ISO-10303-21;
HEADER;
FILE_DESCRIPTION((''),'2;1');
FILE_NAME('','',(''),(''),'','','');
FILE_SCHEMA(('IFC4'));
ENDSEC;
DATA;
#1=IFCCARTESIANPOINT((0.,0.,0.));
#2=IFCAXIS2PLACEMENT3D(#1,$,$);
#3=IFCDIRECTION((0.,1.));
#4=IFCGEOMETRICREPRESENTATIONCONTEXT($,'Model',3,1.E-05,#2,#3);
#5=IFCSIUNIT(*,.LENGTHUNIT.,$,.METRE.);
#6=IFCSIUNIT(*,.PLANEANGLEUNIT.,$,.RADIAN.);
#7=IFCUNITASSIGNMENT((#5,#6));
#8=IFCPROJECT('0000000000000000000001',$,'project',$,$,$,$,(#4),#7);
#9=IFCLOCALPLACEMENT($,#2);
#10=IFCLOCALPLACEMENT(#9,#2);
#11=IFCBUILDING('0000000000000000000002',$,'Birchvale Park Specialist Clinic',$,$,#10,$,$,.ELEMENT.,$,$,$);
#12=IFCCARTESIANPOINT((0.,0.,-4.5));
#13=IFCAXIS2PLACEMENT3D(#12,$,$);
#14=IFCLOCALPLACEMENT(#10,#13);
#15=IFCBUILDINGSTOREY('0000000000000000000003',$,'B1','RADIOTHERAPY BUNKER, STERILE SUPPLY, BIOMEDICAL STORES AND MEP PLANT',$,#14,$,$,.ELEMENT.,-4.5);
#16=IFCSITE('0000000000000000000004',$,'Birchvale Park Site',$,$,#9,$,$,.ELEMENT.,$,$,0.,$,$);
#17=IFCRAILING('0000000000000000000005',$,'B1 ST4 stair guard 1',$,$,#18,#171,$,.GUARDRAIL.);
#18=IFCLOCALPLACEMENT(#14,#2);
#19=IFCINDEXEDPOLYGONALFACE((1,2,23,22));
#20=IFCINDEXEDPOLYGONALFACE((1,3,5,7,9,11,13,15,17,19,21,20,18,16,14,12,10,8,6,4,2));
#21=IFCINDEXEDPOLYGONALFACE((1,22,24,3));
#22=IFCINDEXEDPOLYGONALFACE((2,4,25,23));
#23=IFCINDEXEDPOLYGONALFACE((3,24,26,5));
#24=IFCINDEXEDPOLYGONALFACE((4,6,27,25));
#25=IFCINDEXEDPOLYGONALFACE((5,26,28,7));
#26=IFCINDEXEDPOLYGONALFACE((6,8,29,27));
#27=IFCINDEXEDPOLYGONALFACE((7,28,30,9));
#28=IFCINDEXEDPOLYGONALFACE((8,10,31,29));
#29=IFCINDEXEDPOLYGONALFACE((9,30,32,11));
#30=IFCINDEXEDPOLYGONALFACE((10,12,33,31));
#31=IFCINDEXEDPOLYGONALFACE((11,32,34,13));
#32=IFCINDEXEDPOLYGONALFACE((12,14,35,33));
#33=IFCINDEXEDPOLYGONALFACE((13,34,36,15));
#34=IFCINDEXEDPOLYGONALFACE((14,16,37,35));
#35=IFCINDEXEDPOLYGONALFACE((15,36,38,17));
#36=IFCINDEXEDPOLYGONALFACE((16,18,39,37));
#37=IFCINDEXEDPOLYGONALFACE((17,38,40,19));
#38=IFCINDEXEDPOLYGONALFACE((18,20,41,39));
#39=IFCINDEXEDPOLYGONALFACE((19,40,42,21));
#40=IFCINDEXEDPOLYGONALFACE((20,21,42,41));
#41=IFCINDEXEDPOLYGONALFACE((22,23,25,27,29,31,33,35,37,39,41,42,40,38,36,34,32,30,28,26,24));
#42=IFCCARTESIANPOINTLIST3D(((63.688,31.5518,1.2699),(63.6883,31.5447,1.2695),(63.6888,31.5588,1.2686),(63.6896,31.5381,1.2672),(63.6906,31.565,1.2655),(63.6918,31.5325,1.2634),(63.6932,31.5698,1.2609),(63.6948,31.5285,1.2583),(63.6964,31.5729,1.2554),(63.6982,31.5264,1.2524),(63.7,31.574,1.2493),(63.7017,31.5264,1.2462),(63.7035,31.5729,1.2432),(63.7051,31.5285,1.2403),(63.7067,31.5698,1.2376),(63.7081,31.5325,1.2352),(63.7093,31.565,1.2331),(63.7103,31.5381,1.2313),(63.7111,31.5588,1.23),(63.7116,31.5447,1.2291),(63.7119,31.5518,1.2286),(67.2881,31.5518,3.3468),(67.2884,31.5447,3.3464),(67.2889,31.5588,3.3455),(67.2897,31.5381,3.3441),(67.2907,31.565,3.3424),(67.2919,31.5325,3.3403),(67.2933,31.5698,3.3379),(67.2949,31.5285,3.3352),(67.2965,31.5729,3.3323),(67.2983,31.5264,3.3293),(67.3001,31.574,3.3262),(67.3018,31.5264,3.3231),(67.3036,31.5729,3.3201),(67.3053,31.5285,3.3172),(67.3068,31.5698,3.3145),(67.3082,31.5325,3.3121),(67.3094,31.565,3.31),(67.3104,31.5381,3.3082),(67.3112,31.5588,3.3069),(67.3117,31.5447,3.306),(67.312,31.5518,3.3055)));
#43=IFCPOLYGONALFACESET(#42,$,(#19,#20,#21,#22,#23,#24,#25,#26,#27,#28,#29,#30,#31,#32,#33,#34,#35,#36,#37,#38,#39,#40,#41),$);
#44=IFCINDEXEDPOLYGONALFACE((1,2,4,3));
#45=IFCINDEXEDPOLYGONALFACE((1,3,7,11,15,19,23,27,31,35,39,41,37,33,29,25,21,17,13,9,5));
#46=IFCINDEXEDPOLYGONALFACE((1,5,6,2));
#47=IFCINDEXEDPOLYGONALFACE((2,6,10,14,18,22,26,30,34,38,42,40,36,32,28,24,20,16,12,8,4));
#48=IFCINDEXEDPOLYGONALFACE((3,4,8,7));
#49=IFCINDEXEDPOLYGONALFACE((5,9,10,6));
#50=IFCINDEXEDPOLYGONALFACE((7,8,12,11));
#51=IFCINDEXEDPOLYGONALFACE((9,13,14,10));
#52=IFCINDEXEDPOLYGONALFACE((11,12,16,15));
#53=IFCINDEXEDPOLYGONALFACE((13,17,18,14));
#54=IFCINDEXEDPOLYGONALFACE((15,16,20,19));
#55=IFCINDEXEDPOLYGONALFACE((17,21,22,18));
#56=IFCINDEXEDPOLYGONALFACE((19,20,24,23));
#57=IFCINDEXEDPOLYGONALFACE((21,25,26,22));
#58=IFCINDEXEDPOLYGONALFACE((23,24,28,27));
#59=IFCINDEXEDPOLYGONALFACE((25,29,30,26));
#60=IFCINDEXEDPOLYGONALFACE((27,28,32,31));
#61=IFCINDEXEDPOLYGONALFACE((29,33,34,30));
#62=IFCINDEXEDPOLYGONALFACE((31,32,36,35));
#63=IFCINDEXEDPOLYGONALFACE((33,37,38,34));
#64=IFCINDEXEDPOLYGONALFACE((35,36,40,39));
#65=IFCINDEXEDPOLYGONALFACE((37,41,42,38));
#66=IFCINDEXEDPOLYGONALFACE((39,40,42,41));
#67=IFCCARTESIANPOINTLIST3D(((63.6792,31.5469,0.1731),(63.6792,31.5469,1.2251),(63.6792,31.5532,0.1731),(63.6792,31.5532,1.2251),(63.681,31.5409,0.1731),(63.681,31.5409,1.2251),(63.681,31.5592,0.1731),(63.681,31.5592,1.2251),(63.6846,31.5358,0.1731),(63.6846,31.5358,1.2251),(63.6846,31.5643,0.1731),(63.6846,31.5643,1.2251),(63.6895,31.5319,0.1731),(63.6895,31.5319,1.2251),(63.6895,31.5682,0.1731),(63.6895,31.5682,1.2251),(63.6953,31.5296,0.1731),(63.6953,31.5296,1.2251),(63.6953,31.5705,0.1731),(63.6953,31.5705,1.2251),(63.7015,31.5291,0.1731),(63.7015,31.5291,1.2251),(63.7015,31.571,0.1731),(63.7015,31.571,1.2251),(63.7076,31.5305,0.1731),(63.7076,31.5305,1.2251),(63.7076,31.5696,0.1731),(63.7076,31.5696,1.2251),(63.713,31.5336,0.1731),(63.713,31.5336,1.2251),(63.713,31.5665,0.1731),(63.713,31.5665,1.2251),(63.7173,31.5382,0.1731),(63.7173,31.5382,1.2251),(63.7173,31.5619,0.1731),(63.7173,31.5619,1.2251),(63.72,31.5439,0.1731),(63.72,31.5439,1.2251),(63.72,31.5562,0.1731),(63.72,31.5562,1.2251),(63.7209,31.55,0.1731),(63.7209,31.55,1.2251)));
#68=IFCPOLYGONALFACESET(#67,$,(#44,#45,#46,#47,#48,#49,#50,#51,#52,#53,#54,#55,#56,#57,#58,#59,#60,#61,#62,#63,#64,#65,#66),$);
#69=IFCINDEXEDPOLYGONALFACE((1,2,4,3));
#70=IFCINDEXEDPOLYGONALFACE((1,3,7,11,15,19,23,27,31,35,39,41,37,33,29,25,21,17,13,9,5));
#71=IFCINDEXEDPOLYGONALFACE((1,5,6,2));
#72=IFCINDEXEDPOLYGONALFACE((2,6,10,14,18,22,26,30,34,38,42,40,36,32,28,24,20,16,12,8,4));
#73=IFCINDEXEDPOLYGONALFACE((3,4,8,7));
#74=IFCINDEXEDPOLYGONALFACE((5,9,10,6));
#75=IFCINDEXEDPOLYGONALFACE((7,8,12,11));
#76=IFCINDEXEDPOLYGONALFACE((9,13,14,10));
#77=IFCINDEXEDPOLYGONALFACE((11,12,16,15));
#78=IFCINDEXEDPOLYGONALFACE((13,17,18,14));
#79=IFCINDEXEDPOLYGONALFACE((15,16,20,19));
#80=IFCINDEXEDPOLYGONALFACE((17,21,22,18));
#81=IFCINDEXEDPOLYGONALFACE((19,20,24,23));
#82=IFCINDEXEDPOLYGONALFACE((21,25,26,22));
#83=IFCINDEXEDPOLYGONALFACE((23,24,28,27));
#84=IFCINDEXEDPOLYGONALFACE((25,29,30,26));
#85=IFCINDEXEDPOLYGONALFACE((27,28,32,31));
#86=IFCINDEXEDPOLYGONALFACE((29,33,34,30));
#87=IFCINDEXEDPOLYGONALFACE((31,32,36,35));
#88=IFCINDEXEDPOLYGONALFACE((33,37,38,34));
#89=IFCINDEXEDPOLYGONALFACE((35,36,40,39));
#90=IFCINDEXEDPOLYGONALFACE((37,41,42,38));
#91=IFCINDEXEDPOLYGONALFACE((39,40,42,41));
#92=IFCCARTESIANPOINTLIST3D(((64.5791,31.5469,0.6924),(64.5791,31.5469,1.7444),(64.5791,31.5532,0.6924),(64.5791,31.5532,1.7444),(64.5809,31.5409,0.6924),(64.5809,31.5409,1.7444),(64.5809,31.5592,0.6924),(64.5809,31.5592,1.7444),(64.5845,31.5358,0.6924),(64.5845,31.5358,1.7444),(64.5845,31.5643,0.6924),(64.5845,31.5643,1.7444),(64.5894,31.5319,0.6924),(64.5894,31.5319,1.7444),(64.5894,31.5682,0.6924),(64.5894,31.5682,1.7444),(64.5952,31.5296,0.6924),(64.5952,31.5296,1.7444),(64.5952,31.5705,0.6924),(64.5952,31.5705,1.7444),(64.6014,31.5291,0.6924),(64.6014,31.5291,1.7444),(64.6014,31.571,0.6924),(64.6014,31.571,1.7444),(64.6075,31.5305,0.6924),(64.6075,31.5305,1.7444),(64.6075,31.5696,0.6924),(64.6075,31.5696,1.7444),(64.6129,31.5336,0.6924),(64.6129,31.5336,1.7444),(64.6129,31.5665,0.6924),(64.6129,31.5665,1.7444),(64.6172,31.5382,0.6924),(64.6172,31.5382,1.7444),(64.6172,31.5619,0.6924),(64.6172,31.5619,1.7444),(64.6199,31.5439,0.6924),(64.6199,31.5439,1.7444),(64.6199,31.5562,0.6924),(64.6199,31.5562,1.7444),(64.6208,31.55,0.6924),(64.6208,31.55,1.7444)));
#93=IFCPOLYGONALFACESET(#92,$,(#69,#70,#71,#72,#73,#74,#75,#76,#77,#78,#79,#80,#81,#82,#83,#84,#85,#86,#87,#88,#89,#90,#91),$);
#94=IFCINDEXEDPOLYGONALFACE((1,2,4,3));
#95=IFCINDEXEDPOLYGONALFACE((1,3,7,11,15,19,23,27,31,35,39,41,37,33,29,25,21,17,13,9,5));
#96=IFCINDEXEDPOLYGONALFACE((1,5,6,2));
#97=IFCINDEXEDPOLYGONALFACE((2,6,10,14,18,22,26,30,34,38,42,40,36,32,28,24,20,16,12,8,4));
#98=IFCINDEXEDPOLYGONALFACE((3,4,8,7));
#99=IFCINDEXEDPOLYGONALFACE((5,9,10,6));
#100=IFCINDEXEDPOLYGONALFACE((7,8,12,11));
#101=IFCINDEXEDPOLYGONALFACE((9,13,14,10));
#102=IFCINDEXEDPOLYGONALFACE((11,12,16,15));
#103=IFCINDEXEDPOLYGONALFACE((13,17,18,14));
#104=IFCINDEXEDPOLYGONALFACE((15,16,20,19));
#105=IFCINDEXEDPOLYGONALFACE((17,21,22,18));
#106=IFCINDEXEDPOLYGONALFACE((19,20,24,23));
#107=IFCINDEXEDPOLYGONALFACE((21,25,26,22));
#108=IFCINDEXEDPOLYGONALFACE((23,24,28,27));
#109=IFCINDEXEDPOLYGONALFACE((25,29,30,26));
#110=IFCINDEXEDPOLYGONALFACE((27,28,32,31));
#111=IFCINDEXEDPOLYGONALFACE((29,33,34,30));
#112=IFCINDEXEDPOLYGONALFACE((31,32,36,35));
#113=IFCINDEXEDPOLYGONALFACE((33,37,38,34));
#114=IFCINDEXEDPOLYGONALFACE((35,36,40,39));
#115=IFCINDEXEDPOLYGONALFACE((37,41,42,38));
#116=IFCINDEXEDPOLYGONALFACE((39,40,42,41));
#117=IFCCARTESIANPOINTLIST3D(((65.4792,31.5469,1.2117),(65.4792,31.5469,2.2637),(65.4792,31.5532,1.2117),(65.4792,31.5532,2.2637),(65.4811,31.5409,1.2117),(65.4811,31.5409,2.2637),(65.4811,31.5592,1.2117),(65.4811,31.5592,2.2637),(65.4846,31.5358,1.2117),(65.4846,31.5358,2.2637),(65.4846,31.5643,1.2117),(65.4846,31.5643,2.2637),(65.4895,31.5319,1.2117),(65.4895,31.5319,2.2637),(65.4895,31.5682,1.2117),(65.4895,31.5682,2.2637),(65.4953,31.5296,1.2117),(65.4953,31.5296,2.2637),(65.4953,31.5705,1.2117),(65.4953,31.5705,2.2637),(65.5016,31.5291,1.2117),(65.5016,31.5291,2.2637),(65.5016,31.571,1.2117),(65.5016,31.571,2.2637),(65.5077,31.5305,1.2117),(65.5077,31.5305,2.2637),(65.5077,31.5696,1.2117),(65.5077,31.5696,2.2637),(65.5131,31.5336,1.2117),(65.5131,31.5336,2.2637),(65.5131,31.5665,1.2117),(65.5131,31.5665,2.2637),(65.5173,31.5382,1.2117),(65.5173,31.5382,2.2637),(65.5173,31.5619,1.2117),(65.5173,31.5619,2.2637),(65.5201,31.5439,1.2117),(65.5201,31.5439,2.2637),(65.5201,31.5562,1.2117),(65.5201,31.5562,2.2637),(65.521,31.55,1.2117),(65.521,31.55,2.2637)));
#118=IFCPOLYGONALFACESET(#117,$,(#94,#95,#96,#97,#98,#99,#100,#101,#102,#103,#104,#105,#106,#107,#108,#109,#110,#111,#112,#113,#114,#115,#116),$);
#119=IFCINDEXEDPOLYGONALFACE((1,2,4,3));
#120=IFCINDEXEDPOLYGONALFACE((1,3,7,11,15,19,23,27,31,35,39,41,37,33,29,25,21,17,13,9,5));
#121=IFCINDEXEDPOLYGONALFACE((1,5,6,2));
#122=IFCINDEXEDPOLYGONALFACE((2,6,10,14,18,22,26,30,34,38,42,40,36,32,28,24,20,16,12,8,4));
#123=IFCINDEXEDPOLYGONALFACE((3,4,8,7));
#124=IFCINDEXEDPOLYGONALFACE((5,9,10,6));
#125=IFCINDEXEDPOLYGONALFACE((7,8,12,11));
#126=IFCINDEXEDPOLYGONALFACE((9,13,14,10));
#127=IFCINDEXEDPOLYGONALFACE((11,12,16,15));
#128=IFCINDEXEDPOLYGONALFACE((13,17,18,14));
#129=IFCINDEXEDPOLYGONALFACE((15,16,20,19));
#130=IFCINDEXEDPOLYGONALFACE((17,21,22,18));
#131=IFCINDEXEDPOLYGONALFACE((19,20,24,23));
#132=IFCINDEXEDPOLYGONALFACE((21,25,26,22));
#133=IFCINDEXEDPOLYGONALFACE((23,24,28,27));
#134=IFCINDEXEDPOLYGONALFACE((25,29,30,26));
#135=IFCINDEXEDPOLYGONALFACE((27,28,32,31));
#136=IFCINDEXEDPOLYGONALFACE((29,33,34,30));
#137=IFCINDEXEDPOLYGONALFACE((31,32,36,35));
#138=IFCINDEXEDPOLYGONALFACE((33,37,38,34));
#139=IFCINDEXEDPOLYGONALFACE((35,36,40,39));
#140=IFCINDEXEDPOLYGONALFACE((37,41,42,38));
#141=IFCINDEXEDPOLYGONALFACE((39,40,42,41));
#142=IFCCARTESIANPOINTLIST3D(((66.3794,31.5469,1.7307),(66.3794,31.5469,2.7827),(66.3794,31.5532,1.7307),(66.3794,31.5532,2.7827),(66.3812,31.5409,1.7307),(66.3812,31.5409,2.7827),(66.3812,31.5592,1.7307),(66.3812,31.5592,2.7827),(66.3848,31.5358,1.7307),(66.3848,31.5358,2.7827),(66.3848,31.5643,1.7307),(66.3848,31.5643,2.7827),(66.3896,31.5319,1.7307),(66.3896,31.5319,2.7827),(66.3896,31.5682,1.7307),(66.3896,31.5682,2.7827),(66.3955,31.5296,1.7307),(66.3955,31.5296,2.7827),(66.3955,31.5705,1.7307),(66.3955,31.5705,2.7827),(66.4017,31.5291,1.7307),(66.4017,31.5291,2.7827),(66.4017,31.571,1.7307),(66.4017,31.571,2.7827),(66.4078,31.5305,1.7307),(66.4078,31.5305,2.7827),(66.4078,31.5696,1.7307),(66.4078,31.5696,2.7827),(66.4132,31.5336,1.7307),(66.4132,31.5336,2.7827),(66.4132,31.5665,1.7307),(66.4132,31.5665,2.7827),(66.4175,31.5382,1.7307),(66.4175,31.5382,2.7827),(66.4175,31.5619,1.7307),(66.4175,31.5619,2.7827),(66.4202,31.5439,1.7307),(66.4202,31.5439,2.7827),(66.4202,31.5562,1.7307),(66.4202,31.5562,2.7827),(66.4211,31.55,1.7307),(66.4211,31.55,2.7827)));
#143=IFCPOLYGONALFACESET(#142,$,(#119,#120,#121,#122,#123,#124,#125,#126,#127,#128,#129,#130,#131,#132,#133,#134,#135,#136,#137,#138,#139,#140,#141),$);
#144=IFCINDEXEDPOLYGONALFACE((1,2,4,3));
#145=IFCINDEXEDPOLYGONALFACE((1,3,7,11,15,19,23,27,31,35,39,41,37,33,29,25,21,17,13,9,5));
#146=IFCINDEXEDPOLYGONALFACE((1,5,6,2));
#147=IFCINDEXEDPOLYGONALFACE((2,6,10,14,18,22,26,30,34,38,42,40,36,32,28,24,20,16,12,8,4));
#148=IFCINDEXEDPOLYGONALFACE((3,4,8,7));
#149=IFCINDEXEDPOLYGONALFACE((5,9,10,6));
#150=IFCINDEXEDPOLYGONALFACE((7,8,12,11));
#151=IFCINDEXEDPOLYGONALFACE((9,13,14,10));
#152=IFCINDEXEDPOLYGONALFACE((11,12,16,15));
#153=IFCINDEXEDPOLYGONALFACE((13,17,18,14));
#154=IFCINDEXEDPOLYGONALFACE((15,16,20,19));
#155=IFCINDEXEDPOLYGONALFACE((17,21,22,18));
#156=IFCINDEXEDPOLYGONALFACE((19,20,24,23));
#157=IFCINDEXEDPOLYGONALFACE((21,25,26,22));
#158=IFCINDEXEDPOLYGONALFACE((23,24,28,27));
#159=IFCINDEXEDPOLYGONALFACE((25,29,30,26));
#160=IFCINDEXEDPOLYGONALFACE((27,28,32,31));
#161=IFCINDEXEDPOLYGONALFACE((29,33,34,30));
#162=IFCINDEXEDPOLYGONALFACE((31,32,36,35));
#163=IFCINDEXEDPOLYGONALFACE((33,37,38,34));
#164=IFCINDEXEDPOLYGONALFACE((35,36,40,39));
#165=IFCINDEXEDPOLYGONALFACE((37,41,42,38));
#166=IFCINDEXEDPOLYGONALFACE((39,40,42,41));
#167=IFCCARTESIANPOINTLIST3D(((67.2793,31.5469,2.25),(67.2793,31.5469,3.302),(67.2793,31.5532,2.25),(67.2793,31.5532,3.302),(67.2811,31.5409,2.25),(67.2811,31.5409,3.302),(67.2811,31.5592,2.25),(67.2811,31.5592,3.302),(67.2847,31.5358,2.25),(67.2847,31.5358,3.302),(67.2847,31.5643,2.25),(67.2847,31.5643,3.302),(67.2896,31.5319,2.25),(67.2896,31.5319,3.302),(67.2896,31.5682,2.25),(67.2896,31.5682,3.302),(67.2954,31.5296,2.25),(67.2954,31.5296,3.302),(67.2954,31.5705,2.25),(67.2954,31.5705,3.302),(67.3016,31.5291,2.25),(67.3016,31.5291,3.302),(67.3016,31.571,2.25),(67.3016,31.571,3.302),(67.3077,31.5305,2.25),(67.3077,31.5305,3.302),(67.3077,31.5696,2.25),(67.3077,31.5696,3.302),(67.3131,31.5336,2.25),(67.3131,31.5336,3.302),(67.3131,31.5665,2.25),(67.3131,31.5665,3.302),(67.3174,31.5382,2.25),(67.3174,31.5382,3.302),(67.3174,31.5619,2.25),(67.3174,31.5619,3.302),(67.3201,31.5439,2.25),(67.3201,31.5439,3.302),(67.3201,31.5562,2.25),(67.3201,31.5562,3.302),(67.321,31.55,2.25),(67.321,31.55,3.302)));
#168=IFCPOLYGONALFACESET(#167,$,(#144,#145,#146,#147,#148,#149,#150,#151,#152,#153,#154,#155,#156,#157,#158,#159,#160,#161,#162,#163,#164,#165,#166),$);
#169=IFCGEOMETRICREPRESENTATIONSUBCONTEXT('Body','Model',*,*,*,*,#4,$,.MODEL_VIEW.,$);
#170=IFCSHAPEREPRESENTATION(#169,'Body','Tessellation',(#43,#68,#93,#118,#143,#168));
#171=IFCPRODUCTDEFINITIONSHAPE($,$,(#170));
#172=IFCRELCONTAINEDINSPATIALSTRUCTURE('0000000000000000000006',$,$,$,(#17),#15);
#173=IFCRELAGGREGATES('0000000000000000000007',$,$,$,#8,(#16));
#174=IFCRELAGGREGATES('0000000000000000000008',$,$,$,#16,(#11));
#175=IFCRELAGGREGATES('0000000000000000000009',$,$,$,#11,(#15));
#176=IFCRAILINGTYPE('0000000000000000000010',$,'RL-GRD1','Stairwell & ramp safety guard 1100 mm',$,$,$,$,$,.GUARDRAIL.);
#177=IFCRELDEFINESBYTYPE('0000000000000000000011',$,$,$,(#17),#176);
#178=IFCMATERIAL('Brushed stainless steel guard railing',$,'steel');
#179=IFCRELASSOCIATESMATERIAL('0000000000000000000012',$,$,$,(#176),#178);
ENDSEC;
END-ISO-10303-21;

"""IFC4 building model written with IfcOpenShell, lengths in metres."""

from ifc_helpers import new_model, si_unit, direction, frame, origin, origin_2d, place, context, subcontext, project, spatial, circle, extrude, material, type_object, element, save


model = new_model("IFC4")

# Units and contexts
model_context = context("Model", 3, precision=1e-05, world=origin(), true_north=direction((0.0, 1.0)))
body_context = subcontext(model_context, "Body", "Model", "MODEL_VIEW")
ifc_project = project(units=[si_unit("LENGTHUNIT", "METRE"), si_unit("PLANEANGLEUNIT", "RADIAN")], contexts=[model_context])

# Site, building, storey
site_placement = place(None, origin())
site = spatial("IfcSite", under=ifc_project, at=site_placement, Name="Birchvale Park Site", CompositionType="ELEMENT", RefElevation=0.0)
building_placement = place(site_placement, origin())
building = spatial("IfcBuilding", under=site, at=building_placement, Name="Birchvale Park Specialist Clinic", CompositionType="ELEMENT")
storey_placement = place(building_placement, frame((0.0, 0.0, -4.5)))
storey = spatial("IfcBuildingStorey", under=building, at=storey_placement, Name="B1", Description="RADIOTHERAPY BUNKER, STERILE SUPPLY, BIOMEDICAL STORES AND MEP PLANT", CompositionType="ELEMENT", Elevation=-4.5)

# Railing
ifc_material_1 = material(Name="Brushed stainless steel guard railing", Category="steel")
railing_type_1 = type_object("IfcRailingType", Name="RL-GRD1", Description="Stairwell & ramp safety guard 1100 mm", PredefinedType="GUARDRAIL", material=ifc_material_1)
railing_1_placement = place(storey_placement, frame((63.7, 31.55, 0.1731)))
element("IfcRailing", 1, at=railing_1_placement, inside=storey, type_object=railing_type_1, Name="B1 ST4 stair guard 1", PredefinedType="GUARDRAIL", context=body_context, shape_type="SweptSolid", body=[
    extrude(circle(Radius=0.0239, at=origin_2d()), frame((0.0, 0.0, 1.0762), z_axis=(0.866193, 0.0, 0.499709), x_axis=(0.0, 1.0, 0.0)), (0.0, 0.0, 1.0), 4.1562),
    extrude(circle(Radius=0.021, at=origin_2d()), origin(), (0.0, 0.0, 1.0), 1.052),
    extrude(circle(Radius=0.021, at=origin_2d()), frame((0.8999, 0.0, 0.5193)), (0.0, 0.0, 1.0), 1.052),
    extrude(circle(Radius=0.021, at=origin_2d()), frame((1.8, 0.0, 1.0386)), (0.0, 0.0, 1.0), 1.052),
    extrude(circle(Radius=0.021, at=origin_2d()), frame((2.7002, 0.0, 1.5576)), (0.0, 0.0, 1.0), 1.052),
    extrude(circle(Radius=0.021, at=origin_2d()), frame((3.6001, 0.0, 2.0769)), (0.0, 0.0, 1.0), 1.052),
])

save(model, "model.ifc")
